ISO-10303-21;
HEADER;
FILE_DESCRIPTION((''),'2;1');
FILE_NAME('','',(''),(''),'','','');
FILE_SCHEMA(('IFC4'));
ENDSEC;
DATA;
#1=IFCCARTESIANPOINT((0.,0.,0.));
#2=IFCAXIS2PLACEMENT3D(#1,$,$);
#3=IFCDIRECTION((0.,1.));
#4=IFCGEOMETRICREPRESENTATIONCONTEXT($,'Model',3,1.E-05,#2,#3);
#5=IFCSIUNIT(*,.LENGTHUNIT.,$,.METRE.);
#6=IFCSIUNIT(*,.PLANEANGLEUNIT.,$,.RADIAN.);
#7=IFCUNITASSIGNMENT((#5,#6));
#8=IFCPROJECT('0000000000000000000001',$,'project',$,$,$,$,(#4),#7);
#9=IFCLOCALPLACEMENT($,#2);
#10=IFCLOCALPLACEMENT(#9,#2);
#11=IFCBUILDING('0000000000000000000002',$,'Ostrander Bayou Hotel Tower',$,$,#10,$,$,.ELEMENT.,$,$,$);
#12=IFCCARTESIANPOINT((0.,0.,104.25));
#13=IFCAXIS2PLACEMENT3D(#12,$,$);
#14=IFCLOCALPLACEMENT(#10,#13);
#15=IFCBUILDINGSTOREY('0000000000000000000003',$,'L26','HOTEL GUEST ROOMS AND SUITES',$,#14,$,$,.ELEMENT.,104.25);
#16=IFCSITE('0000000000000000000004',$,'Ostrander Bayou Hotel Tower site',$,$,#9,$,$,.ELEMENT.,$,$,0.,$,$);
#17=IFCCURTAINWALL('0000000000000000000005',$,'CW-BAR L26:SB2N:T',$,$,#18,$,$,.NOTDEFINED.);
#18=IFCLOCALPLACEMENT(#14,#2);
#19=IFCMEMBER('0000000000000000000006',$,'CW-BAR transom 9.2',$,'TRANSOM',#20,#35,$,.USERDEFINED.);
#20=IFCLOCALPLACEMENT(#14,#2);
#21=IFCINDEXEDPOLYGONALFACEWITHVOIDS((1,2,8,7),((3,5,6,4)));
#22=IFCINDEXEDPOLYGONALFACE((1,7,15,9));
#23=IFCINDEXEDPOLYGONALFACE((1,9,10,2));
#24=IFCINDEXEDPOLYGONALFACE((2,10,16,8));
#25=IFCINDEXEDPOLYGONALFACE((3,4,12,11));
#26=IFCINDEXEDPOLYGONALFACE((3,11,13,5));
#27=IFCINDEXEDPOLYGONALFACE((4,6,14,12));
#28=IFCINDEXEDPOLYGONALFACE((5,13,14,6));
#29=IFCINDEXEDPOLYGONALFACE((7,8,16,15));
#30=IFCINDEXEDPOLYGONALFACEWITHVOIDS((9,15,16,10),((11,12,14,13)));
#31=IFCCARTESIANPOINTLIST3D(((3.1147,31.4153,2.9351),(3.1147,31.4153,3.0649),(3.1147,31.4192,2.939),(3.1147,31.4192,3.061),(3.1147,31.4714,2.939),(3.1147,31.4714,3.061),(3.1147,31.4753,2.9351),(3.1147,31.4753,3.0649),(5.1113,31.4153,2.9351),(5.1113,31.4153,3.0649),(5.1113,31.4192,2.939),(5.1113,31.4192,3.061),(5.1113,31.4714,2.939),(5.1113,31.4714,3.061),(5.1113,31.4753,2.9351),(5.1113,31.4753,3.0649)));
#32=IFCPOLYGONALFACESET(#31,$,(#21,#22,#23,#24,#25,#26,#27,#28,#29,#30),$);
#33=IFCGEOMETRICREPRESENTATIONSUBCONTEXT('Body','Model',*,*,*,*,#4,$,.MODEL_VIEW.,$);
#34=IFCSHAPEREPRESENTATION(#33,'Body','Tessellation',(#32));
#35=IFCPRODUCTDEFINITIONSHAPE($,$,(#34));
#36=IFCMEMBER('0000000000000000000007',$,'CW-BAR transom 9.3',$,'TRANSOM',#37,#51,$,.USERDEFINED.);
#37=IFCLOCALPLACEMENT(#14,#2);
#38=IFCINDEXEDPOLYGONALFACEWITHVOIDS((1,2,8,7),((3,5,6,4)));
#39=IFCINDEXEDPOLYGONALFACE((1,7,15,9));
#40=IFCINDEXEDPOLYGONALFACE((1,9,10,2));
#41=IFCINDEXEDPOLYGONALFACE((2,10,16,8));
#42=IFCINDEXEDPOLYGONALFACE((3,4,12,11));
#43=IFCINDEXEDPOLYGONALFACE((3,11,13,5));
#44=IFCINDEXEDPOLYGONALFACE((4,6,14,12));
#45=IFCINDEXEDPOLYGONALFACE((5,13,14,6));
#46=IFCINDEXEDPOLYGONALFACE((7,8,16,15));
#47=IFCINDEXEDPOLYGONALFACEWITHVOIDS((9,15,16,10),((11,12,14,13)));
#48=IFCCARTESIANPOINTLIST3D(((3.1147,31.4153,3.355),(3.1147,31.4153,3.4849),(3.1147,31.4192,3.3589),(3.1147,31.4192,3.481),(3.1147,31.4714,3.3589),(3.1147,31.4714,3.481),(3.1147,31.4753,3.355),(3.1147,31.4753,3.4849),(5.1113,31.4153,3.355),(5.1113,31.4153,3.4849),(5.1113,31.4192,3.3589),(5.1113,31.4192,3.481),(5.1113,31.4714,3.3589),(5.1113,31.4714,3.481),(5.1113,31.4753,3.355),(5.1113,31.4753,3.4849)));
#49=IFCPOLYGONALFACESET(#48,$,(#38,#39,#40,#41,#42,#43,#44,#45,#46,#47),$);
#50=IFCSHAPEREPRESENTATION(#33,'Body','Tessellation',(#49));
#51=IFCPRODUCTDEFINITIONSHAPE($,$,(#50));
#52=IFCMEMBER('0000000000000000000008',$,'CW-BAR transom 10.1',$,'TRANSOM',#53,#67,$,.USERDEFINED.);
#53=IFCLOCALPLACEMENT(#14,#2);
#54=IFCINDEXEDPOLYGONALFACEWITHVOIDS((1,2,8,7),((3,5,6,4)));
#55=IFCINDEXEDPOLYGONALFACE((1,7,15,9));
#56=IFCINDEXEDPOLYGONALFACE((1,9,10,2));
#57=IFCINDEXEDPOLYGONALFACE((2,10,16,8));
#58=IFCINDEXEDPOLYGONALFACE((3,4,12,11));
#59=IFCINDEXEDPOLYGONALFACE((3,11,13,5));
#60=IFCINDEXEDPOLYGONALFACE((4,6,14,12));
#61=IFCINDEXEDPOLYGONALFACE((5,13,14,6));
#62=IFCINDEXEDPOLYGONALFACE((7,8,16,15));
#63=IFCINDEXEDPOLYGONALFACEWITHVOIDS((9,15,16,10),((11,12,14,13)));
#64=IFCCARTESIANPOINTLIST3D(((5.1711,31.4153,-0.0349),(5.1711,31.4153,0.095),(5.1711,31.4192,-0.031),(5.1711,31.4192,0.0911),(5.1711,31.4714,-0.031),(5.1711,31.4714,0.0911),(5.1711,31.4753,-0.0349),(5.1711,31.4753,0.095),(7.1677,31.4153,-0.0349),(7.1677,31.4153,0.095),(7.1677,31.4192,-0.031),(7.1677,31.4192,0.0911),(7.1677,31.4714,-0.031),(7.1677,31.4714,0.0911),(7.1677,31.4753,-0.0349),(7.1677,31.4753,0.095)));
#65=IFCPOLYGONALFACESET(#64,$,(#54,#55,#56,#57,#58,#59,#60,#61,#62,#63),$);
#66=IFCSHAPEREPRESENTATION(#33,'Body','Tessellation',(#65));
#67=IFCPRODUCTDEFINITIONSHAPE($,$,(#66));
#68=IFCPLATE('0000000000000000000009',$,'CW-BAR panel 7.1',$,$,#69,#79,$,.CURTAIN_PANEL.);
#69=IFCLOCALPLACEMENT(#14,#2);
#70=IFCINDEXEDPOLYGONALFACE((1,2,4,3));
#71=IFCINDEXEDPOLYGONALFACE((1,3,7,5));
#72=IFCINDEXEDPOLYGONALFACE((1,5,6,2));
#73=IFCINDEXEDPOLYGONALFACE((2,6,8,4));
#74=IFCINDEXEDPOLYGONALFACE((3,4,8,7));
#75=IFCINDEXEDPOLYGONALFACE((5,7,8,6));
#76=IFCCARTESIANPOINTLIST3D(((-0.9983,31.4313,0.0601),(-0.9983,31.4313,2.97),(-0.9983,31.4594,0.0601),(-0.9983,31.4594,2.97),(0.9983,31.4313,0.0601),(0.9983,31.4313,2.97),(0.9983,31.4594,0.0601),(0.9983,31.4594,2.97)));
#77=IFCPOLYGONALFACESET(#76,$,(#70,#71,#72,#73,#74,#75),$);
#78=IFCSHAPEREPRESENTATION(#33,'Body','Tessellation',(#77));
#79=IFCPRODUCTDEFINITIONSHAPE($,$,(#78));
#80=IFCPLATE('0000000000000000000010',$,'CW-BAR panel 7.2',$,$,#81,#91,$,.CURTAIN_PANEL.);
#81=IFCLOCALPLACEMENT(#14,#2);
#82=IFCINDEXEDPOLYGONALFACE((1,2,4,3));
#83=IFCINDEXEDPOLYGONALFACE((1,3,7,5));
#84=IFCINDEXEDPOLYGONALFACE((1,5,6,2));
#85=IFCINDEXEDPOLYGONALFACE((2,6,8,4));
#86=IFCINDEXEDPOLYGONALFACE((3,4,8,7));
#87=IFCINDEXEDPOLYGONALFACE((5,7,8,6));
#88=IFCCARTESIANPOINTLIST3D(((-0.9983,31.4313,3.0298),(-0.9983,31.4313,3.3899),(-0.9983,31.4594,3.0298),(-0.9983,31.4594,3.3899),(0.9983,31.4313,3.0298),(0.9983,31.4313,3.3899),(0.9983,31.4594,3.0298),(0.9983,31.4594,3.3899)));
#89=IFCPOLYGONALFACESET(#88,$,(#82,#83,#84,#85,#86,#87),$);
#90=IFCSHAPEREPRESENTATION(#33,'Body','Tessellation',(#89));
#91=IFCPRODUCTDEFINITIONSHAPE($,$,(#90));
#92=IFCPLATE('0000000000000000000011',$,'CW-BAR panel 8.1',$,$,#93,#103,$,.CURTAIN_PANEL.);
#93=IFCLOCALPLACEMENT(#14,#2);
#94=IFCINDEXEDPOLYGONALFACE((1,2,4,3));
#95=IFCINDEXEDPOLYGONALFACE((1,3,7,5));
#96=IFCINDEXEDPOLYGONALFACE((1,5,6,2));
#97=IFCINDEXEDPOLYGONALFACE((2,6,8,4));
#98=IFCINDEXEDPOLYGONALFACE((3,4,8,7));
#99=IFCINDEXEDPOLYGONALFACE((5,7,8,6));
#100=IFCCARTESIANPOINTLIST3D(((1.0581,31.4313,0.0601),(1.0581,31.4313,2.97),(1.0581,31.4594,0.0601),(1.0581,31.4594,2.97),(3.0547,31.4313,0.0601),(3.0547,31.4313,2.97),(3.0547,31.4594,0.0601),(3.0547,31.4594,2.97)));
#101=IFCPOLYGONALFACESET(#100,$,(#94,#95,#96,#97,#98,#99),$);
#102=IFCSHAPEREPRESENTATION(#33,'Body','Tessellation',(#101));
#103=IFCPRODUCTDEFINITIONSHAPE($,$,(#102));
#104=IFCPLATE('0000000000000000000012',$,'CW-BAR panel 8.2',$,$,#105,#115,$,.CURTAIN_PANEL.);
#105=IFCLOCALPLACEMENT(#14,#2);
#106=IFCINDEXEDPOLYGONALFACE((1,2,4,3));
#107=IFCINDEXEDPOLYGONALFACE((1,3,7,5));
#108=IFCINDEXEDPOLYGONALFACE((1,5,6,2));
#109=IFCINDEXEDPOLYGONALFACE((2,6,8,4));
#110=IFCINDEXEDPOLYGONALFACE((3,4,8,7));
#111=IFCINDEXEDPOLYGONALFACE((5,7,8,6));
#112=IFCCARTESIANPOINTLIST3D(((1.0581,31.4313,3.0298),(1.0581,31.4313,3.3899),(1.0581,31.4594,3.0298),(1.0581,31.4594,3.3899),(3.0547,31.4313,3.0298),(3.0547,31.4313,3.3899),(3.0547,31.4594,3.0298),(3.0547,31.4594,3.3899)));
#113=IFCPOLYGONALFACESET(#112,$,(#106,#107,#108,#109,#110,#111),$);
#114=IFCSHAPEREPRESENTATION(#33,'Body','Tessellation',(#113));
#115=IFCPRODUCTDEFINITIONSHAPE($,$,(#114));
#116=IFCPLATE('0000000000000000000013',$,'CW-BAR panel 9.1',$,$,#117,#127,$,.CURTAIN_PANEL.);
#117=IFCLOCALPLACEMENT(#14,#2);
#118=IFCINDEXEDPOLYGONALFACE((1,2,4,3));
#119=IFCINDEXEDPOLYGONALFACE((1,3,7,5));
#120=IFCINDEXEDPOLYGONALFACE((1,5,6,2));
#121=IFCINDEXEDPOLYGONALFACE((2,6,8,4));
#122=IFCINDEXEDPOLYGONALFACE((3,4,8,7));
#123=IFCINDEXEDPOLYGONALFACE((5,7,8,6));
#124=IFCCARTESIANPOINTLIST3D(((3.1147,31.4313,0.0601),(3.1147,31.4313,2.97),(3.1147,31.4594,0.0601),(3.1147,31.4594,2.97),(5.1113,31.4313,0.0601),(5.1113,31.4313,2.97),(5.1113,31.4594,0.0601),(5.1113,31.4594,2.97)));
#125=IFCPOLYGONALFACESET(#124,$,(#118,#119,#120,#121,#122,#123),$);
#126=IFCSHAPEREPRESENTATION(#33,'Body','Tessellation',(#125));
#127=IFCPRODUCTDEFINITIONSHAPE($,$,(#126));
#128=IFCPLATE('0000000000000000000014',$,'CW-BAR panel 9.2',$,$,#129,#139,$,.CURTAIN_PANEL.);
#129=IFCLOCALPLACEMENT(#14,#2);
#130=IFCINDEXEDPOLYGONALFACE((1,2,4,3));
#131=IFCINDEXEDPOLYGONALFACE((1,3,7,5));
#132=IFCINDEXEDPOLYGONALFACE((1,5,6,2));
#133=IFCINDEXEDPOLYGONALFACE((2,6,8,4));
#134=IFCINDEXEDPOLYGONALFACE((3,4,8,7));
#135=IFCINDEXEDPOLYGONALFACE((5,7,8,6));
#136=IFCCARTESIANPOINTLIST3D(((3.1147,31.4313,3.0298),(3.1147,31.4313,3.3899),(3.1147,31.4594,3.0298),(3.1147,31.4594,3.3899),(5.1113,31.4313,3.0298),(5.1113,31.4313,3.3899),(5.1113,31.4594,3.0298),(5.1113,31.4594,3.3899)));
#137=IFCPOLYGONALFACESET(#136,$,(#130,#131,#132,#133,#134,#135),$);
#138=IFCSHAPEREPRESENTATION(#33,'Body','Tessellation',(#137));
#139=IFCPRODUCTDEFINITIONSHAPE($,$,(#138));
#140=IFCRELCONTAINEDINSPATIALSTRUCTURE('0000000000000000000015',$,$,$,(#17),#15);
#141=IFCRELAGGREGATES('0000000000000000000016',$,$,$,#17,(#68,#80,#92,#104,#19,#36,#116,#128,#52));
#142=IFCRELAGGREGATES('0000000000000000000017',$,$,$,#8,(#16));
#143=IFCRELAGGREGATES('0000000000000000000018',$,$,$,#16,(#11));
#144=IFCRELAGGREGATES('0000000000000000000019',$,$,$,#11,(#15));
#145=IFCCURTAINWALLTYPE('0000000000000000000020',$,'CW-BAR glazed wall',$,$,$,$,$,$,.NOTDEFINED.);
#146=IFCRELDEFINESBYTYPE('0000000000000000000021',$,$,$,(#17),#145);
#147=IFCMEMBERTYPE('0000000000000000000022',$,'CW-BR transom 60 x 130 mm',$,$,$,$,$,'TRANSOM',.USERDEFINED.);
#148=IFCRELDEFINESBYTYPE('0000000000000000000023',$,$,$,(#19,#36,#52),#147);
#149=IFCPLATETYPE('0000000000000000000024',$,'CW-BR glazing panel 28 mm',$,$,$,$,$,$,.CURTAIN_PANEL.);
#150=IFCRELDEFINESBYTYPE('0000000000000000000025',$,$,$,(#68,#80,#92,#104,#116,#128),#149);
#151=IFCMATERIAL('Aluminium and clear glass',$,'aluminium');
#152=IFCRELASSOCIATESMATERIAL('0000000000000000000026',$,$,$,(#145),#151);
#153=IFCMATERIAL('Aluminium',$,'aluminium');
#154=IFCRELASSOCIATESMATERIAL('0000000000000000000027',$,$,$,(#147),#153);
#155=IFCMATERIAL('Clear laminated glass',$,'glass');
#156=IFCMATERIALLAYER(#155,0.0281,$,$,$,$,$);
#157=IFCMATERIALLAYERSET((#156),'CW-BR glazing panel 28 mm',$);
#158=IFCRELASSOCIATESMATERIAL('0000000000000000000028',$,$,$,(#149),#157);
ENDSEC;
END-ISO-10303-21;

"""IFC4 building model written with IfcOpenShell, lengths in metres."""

from ifc_helpers import new_model, si_unit, direction, frame, origin, origin_2d, place, context, subcontext, project, spatial, rectangle, hollow_rectangle, extrude, material, layer, layer_set, material_profile, profile_set, type_object, element, aggregate, save


model = new_model("IFC4")

# Units and contexts
model_context = context("Model", 3, precision=1e-05, world=origin(), true_north=direction((0.0, 1.0)))
body_context = subcontext(model_context, "Body", "Model", "MODEL_VIEW")
ifc_project = project(units=[si_unit("LENGTHUNIT", "METRE"), si_unit("PLANEANGLEUNIT", "RADIAN")], contexts=[model_context])

# Site, building, storey
site_placement = place(None, origin())
site = spatial("IfcSite", under=ifc_project, at=site_placement, Name="Ostrander Bayou Hotel Tower site", CompositionType="ELEMENT", RefElevation=0.0)
building_placement = place(site_placement, origin())
building = spatial("IfcBuilding", under=site, at=building_placement, Name="Ostrander Bayou Hotel Tower", CompositionType="ELEMENT")
storey_placement = place(building_placement, frame((0.0, 0.0, 104.25)))
storey = spatial("IfcBuildingStorey", under=building, at=storey_placement, Name="L26", Description="HOTEL GUEST ROOMS AND SUITES", CompositionType="ELEMENT", Elevation=104.25)

# Curtain wall, members, plates
ifc_material_1 = material(Name="Aluminium and clear glass", Category="aluminium")
curtain_wall_type = type_object("IfcCurtainWallType", Name="CW-BAR glazed wall", PredefinedType="NOTDEFINED", material=ifc_material_1)
curtain_wall_placement = place(storey_placement, origin())
curtain_wall = element("IfcCurtainWall", 1, at=curtain_wall_placement, inside=storey, type_object=curtain_wall_type, Name="CW-BAR L26:SB2N:T", PredefinedType="NOTDEFINED")
ifc_material_2 = material(Name="Aluminium", Category="aluminium")
ifc_material_profile_1 = material_profile(ifc_material_2, hollow_rectangle(XDim=0.0601, YDim=0.1299, WallThickness=0.0039, at=origin_2d()))
ifc_profile_set_1 = profile_set([ifc_material_profile_1], Name="Aluminium")
member_type_1 = type_object("IfcMemberType", Name="CW-BR transom 60 x 130 mm", ElementType="TRANSOM", PredefinedType="USERDEFINED", material=ifc_profile_set_1)
member_1_placement = place(storey_placement, frame((3.1147, 31.4453, 3.0), z_axis=(1.0, 0.0, 0.0), x_axis=(0.0, 1.0, 0.0)))
member_1 = element("IfcMember", 2, at=member_1_placement, type_object=member_type_1, Name="CW-BAR transom 9.2", ObjectType="TRANSOM", PredefinedType="USERDEFINED", context=body_context, shape_type="SweptSolid", body=[
    extrude(hollow_rectangle(XDim=0.0601, YDim=0.1299, WallThickness=0.0039, at=origin_2d()), origin(), (0.0, 0.0, 1.0), 1.9966),
])
member_2_placement = place(storey_placement, frame((3.1147, 31.4453, 3.4199), z_axis=(1.0, 0.0, 0.0), x_axis=(0.0, 1.0, 0.0)))
member_2 = element("IfcMember", 3, at=member_2_placement, type_object=member_type_1, Name="CW-BAR transom 9.3", ObjectType="TRANSOM", PredefinedType="USERDEFINED", context=body_context, shape_type="SweptSolid", body=[
    extrude(hollow_rectangle(XDim=0.0601, YDim=0.1299, WallThickness=0.0039, at=origin_2d()), origin(), (0.0, 0.0, 1.0), 1.9966),
])
member_3_placement = place(storey_placement, frame((5.1711, 31.4453, 0.03), z_axis=(1.0, 0.0, 0.0), x_axis=(0.0, 1.0, 0.0)))
member_3 = element("IfcMember", 4, at=member_3_placement, type_object=member_type_1, Name="CW-BAR transom 10.1", ObjectType="TRANSOM", PredefinedType="USERDEFINED", context=body_context, shape_type="SweptSolid", body=[
    extrude(hollow_rectangle(XDim=0.0601, YDim=0.1299, WallThickness=0.0039, at=origin_2d()), origin(), (0.0, 0.0, 1.0), 1.9966),
])
ifc_material_3 = material(Name="Clear laminated glass", Category="glass")
ifc_layer_1 = layer(ifc_material_3, 0.0281)
ifc_layer_set_1 = layer_set([ifc_layer_1], Name="CW-BR glazing panel 28 mm")
plate_type = type_object("IfcPlateType", Name="CW-BR glazing panel 28 mm", PredefinedType="CURTAIN_PANEL", material=ifc_layer_set_1)
plate_1_placement = place(storey_placement, frame((0.0, 31.4453, 0.0601), z_axis=(0.0, 0.0, 1.0), x_axis=(1.0, 0.0, 0.0)))
plate_1 = element("IfcPlate", 5, at=plate_1_placement, type_object=plate_type, Name="CW-BAR panel 7.1", PredefinedType="CURTAIN_PANEL", context=body_context, shape_type="SweptSolid", body=[
    extrude(rectangle(XDim=1.9966, YDim=0.0281, at=origin_2d()), origin(), (0.0, 0.0, 1.0), 2.9099),
])
plate_2_placement = place(storey_placement, frame((0.0, 31.4453, 3.0298), z_axis=(0.0, 0.0, 1.0), x_axis=(1.0, 0.0, 0.0)))
plate_2 = element("IfcPlate", 6, at=plate_2_placement, type_object=plate_type, Name="CW-BAR panel 7.2", PredefinedType="CURTAIN_PANEL", context=body_context, shape_type="SweptSolid", body=[
    extrude(rectangle(XDim=1.9966, YDim=0.0281, at=origin_2d()), origin(), (0.0, 0.0, 1.0), 0.3601),
])
plate_3_placement = place(storey_placement, frame((2.0564, 31.4453, 0.0601), z_axis=(0.0, 0.0, 1.0), x_axis=(1.0, 0.0, 0.0)))
plate_3 = element("IfcPlate", 7, at=plate_3_placement, type_object=plate_type, Name="CW-BAR panel 8.1", PredefinedType="CURTAIN_PANEL", context=body_context, shape_type="SweptSolid", body=[
    extrude(rectangle(XDim=1.9966, YDim=0.0281, at=origin_2d()), origin(), (0.0, 0.0, 1.0), 2.9099),
])
plate_4_placement = place(storey_placement, frame((2.0564, 31.4453, 3.0298), z_axis=(0.0, 0.0, 1.0), x_axis=(1.0, 0.0, 0.0)))
plate_4 = element("IfcPlate", 8, at=plate_4_placement, type_object=plate_type, Name="CW-BAR panel 8.2", PredefinedType="CURTAIN_PANEL", context=body_context, shape_type="SweptSolid", body=[
    extrude(rectangle(XDim=1.9966, YDim=0.0281, at=origin_2d()), origin(), (0.0, 0.0, 1.0), 0.3601),
])
plate_5_placement = place(storey_placement, frame((4.113, 31.4453, 0.0601), z_axis=(0.0, 0.0, 1.0), x_axis=(1.0, 0.0, 0.0)))
plate_5 = element("IfcPlate", 9, at=plate_5_placement, type_object=plate_type, Name="CW-BAR panel 9.1", PredefinedType="CURTAIN_PANEL", context=body_context, shape_type="SweptSolid", body=[
    extrude(rectangle(XDim=1.9966, YDim=0.0281, at=origin_2d()), origin(), (0.0, 0.0, 1.0), 2.9099),
])
plate_6_placement = place(storey_placement, frame((4.113, 31.4453, 3.0298), z_axis=(0.0, 0.0, 1.0), x_axis=(1.0, 0.0, 0.0)))
plate_6 = element("IfcPlate", 10, at=plate_6_placement, type_object=plate_type, Name="CW-BAR panel 9.2", PredefinedType="CURTAIN_PANEL", context=body_context, shape_type="SweptSolid", body=[
    extrude(rectangle(XDim=1.9966, YDim=0.0281, at=origin_2d()), origin(), (0.0, 0.0, 1.0), 0.3601),
])
aggregate(curtain_wall, [plate_1, plate_2, plate_3, plate_4, member_1, member_2, plate_5, plate_6, member_3])

save(model, "model.ifc")
